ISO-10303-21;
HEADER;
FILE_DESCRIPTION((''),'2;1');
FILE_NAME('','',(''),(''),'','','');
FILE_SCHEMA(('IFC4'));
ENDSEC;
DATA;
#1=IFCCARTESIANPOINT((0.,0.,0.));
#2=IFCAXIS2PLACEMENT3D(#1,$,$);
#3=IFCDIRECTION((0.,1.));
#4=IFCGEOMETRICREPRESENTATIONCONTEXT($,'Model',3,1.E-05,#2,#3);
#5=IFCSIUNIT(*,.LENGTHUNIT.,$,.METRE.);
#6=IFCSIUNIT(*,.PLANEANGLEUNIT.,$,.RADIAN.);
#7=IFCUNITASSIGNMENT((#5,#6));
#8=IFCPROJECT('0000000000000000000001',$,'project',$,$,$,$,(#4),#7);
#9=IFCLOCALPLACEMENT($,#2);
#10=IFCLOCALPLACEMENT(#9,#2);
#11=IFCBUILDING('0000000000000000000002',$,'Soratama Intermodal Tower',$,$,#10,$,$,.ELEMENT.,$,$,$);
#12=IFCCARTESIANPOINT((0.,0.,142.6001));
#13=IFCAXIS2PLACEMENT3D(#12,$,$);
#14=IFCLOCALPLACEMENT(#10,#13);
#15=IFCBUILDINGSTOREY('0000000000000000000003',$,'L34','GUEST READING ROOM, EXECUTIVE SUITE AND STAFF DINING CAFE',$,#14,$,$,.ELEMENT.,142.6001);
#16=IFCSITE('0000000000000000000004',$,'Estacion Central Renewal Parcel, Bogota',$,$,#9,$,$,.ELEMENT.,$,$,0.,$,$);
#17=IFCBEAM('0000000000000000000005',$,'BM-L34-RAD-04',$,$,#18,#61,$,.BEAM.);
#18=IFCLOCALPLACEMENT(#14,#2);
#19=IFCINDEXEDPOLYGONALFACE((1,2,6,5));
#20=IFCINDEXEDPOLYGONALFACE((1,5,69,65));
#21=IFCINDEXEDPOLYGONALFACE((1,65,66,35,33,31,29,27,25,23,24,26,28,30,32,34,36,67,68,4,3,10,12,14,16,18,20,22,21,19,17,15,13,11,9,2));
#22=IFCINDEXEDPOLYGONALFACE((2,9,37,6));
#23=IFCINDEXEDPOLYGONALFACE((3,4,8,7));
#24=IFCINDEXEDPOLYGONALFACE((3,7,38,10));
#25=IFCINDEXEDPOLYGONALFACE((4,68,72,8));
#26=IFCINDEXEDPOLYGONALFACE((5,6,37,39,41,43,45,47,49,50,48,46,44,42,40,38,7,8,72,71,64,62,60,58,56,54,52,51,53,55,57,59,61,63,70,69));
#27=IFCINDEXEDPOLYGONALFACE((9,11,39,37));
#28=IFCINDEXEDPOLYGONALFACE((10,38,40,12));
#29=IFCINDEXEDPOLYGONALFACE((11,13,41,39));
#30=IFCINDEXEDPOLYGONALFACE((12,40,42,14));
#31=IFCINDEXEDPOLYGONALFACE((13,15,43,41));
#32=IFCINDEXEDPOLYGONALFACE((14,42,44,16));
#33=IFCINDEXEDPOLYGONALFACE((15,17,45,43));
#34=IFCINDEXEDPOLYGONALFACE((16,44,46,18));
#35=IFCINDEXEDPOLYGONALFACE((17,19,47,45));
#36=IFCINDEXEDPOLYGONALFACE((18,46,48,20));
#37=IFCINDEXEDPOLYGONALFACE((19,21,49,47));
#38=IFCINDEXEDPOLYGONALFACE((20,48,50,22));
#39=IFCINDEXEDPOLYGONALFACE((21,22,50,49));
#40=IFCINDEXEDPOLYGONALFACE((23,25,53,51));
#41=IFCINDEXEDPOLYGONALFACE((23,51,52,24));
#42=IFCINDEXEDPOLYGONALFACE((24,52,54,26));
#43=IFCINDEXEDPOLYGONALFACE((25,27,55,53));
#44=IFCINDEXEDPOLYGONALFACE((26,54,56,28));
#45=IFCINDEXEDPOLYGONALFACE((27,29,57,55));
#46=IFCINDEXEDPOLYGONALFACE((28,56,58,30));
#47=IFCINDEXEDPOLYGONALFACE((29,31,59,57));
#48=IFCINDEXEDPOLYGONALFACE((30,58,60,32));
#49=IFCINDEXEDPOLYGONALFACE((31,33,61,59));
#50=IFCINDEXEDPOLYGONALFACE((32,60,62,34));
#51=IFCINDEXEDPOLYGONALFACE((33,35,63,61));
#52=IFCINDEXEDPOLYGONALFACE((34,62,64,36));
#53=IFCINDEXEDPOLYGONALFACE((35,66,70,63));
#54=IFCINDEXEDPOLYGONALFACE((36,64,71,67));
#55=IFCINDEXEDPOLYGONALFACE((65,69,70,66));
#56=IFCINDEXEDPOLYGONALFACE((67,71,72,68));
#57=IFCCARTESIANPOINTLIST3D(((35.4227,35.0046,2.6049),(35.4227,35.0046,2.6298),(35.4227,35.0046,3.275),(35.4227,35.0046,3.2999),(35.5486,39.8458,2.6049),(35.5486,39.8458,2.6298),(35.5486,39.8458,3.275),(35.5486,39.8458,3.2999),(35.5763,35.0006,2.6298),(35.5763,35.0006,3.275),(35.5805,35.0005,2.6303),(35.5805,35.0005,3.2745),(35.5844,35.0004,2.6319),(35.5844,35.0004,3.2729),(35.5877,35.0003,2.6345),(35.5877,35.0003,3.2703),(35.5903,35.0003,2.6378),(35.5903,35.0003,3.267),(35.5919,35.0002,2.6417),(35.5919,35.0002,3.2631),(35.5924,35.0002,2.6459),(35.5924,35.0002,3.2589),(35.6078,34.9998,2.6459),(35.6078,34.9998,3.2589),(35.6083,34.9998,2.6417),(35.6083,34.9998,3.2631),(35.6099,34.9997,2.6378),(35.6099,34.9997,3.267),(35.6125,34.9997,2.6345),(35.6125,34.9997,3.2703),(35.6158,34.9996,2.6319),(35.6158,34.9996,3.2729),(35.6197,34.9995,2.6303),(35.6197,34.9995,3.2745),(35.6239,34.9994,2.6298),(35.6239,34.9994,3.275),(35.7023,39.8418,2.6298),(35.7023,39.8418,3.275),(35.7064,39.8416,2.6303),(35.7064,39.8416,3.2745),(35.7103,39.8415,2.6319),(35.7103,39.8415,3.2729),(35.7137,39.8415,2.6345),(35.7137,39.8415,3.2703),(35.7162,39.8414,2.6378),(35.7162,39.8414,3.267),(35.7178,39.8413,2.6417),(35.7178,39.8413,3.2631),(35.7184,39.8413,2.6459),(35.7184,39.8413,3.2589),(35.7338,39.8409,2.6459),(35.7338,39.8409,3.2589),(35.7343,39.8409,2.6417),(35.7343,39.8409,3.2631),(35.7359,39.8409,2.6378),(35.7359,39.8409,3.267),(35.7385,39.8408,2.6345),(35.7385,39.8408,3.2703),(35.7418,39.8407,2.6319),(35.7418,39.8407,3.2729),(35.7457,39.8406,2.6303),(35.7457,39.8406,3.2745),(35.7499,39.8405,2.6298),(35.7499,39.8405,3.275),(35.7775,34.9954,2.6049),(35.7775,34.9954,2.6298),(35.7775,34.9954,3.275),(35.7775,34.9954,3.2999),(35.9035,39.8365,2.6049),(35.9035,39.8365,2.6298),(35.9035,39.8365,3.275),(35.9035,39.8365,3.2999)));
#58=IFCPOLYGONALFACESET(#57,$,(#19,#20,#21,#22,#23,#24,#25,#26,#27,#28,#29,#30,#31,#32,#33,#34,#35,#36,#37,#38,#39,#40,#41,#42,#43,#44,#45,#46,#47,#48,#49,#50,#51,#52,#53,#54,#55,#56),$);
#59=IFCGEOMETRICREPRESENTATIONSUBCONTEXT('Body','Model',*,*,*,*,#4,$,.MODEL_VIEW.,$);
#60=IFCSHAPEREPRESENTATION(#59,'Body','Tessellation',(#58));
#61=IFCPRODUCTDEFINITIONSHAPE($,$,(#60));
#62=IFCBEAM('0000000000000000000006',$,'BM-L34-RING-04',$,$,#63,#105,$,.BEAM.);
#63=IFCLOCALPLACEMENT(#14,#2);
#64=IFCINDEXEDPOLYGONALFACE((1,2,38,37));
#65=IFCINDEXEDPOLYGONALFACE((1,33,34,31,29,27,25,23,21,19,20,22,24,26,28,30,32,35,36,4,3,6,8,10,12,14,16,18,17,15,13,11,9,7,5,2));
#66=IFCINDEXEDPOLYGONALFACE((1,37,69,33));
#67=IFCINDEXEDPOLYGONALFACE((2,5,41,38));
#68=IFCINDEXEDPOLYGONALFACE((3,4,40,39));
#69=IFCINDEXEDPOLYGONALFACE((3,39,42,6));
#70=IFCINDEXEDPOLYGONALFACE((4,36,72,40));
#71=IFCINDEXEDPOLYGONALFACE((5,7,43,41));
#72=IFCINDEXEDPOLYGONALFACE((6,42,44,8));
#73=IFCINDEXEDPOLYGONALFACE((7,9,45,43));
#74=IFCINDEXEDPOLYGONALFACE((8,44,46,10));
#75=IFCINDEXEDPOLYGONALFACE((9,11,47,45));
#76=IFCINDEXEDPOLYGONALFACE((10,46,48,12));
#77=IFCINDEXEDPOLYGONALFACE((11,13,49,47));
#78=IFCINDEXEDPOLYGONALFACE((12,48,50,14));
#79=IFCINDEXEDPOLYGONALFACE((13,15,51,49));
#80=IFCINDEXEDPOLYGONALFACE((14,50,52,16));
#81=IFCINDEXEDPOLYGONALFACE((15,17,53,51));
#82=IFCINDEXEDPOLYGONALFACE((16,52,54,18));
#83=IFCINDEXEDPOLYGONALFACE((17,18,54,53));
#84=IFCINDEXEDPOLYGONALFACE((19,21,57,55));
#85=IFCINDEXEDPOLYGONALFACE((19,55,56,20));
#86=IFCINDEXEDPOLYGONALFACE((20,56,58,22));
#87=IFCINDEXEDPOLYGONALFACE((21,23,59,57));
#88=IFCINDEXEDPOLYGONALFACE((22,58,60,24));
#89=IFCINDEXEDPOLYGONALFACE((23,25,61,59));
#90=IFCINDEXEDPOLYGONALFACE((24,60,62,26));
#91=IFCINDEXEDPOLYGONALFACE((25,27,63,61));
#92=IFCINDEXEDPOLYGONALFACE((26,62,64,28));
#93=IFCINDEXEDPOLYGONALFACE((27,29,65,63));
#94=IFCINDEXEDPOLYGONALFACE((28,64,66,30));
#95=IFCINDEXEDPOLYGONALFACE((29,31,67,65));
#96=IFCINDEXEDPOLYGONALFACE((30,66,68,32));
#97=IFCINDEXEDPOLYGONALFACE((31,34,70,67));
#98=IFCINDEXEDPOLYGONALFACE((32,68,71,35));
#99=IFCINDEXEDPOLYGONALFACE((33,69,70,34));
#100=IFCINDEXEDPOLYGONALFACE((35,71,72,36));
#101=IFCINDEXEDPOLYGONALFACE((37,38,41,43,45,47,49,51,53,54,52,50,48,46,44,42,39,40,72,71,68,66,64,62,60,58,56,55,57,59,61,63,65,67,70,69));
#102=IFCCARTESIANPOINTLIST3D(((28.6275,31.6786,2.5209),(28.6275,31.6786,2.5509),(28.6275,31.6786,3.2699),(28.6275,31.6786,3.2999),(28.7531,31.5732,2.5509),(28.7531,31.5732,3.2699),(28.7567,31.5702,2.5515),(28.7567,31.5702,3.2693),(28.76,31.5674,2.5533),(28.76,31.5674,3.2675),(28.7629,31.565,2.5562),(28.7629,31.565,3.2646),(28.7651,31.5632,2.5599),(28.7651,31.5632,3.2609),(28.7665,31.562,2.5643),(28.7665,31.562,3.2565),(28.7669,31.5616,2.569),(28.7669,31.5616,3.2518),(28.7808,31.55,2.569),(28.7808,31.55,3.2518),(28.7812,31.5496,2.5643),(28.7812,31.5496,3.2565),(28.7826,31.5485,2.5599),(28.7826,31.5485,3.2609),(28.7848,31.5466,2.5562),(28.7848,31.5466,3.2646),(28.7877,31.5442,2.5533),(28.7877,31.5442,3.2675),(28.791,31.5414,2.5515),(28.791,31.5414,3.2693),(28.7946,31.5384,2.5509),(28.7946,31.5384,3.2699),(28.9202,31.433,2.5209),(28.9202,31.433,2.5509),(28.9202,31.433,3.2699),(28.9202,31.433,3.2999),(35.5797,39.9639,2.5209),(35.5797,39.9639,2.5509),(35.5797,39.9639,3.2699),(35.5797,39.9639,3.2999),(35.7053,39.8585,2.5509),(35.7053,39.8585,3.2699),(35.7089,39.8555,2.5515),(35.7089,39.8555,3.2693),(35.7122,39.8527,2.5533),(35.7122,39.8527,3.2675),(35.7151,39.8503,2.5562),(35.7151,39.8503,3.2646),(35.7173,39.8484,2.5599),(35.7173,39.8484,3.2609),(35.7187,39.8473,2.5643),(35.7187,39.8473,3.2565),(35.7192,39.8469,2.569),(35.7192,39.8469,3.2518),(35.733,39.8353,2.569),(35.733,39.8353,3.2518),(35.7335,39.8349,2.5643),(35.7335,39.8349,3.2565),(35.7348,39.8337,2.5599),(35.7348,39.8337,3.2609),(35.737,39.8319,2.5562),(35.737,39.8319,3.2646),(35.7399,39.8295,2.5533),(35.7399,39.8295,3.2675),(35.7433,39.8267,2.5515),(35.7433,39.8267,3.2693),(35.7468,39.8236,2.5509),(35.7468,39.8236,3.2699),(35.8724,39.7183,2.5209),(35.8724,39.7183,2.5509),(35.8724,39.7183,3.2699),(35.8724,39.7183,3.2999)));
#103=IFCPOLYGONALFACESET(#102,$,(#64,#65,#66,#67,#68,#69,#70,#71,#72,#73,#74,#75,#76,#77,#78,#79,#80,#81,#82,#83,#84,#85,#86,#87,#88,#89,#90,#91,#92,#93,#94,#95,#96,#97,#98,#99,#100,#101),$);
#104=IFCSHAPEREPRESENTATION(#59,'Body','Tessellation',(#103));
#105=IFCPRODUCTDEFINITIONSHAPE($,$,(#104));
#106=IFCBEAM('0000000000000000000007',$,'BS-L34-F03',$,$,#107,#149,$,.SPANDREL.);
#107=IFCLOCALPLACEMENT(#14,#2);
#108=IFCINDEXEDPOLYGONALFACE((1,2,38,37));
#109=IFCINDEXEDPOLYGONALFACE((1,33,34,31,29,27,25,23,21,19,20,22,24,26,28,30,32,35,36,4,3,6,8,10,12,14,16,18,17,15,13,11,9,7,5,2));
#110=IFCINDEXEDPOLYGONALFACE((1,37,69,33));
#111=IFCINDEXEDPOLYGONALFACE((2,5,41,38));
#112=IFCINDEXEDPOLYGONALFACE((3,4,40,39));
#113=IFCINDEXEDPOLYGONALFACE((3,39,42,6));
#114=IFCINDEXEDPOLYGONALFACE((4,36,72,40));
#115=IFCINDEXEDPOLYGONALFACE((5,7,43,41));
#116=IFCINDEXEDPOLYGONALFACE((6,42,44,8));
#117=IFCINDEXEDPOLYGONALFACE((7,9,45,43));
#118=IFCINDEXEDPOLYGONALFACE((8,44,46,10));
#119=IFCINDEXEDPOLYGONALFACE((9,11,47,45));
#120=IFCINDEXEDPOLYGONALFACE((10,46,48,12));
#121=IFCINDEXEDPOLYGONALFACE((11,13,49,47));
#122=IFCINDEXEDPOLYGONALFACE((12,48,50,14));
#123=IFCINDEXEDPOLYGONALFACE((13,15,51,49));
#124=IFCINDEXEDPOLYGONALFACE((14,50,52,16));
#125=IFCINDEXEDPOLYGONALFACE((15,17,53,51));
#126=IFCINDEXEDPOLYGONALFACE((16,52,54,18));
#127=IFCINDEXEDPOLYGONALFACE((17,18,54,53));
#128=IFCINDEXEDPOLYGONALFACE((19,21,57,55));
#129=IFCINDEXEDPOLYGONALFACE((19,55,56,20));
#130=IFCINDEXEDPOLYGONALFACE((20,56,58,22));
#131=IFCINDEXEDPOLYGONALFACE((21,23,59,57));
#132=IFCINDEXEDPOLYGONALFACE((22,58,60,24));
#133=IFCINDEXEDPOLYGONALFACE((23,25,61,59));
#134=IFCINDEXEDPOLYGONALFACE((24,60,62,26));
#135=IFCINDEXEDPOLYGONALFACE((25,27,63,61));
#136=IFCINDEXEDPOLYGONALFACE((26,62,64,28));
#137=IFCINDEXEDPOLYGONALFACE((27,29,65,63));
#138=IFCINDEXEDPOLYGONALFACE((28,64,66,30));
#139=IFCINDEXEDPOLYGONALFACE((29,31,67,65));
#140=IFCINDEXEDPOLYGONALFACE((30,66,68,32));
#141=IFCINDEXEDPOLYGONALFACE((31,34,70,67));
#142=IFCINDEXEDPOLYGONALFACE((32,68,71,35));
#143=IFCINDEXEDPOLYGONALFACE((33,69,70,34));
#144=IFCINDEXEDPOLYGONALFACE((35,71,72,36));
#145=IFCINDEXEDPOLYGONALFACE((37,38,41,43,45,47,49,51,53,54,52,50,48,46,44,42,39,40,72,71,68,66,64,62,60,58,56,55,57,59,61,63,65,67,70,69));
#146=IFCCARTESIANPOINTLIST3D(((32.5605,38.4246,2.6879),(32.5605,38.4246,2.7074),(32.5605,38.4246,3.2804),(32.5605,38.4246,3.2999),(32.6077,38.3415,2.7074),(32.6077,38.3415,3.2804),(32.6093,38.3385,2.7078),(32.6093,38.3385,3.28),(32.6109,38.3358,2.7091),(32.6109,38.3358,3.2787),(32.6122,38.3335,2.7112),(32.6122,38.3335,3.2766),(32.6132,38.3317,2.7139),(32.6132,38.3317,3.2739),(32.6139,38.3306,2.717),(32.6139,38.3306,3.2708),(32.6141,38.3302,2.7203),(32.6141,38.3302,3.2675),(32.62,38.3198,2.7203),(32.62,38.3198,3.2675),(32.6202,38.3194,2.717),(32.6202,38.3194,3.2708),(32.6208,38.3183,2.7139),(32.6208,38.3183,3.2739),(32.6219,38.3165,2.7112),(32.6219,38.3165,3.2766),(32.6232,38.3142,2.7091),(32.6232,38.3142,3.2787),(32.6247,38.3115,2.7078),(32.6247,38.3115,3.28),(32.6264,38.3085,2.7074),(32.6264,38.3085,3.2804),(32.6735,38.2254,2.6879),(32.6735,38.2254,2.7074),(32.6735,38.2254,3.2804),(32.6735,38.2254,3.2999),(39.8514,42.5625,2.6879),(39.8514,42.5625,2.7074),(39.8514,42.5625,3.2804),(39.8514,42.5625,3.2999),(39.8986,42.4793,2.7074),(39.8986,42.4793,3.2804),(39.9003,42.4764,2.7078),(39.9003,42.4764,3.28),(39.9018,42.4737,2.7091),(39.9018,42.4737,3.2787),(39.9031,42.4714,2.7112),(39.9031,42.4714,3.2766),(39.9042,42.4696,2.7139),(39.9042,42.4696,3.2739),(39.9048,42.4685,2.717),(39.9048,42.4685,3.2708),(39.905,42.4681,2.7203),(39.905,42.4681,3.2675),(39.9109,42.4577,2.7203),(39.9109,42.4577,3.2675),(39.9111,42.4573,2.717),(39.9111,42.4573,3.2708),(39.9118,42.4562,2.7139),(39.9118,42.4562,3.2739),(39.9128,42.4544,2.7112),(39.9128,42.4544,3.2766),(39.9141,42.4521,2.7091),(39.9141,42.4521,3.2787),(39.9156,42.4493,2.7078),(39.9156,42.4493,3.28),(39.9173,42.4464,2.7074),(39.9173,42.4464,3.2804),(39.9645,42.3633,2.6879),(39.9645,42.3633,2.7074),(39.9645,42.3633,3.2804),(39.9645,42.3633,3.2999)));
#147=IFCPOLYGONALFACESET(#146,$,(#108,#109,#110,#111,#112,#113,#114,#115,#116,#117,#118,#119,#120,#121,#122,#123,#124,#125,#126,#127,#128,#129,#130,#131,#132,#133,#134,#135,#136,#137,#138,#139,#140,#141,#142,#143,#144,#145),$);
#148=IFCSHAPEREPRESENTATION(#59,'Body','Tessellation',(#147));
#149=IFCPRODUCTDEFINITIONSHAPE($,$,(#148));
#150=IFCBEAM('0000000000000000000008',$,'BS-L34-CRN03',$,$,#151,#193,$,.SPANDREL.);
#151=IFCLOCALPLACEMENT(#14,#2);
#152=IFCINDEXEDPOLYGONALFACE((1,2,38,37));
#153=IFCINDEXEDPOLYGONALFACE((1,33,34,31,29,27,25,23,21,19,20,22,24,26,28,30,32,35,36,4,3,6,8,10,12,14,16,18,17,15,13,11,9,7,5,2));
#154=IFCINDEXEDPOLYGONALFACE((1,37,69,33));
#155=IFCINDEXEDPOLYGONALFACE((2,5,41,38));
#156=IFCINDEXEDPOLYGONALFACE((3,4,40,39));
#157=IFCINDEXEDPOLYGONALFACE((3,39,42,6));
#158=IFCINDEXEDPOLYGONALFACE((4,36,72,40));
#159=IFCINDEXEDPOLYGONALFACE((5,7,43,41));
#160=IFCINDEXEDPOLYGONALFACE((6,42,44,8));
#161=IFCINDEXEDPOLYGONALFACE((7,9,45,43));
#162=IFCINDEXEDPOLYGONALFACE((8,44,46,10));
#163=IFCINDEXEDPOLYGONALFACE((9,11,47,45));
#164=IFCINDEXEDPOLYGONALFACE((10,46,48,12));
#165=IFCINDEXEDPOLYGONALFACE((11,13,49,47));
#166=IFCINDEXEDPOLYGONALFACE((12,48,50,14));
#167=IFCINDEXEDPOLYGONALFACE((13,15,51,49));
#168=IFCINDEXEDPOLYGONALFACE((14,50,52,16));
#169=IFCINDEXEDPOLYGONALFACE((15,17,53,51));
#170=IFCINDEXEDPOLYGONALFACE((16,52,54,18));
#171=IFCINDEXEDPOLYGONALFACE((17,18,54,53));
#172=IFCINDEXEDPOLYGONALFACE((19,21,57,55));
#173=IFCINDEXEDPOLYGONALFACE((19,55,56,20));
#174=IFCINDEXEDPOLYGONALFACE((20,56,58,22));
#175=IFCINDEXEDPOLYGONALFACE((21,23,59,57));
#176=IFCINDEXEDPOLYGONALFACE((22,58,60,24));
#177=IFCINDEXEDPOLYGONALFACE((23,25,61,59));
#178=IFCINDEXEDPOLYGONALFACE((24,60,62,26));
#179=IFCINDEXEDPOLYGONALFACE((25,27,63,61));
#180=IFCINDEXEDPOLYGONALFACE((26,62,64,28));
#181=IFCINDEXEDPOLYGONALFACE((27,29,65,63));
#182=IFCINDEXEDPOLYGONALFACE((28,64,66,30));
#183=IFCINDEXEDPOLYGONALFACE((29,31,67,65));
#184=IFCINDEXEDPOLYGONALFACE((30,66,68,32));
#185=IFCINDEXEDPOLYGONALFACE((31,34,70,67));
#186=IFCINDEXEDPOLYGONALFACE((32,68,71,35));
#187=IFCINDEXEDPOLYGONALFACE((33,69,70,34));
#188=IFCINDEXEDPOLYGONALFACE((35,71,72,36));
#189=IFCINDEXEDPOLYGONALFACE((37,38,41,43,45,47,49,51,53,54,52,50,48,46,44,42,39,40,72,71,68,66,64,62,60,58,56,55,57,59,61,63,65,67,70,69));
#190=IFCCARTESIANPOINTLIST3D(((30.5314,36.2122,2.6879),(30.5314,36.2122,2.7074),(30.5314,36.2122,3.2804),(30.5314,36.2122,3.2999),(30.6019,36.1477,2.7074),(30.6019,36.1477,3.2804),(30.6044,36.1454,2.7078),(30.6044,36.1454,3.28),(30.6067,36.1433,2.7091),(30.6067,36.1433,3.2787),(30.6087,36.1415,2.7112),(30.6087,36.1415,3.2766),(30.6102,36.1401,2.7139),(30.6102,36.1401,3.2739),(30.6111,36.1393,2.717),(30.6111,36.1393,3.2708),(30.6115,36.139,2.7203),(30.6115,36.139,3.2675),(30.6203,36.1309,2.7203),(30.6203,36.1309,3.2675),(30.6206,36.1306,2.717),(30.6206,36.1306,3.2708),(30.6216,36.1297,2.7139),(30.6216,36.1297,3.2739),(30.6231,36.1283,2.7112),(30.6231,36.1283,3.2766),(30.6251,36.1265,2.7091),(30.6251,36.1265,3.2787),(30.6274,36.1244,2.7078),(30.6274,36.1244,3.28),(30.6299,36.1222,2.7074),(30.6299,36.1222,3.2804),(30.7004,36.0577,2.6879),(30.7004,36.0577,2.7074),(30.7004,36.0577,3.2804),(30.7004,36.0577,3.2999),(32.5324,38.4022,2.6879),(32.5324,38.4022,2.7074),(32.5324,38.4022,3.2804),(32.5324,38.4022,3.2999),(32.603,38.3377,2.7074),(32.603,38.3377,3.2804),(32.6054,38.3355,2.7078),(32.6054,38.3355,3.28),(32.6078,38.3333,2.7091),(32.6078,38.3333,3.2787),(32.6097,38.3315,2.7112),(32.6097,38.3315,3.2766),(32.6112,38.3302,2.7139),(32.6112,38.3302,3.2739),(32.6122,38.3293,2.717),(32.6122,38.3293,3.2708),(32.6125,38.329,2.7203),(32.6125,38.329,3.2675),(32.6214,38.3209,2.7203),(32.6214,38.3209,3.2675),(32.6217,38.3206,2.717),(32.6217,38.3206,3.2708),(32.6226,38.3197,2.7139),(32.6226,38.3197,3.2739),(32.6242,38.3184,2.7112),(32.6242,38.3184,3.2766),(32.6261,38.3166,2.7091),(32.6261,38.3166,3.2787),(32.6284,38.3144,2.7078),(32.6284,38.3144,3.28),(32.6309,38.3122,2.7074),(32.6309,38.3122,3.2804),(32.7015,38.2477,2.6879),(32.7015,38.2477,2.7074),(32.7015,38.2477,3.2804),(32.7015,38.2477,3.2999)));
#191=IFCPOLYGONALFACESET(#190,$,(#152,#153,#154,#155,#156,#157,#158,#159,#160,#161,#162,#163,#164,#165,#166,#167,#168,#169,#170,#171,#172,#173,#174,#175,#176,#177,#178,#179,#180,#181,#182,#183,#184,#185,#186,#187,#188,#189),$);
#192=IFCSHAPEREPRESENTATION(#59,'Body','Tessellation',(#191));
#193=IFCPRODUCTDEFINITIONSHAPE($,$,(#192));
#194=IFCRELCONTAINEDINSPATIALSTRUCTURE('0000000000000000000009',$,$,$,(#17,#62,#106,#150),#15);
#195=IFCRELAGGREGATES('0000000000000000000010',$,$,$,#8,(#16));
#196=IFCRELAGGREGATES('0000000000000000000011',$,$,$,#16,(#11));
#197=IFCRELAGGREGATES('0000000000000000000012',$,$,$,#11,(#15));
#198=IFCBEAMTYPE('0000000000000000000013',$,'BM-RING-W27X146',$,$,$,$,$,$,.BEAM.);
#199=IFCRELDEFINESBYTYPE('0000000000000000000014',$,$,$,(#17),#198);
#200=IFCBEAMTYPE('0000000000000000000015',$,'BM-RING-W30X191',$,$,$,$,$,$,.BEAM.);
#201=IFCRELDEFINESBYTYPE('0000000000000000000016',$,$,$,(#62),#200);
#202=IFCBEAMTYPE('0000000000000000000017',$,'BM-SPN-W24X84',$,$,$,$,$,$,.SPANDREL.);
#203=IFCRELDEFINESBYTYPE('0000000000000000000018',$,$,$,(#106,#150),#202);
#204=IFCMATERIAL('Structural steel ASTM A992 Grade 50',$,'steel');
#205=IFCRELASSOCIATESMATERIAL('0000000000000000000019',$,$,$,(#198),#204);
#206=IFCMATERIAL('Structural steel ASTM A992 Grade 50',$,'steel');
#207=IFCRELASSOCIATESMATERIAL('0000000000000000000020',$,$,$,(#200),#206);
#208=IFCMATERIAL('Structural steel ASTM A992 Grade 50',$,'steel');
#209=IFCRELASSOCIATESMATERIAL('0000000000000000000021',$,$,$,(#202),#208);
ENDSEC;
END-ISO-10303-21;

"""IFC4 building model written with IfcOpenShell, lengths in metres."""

from ifc_helpers import new_model, si_unit, direction, frame, origin, origin_2d, place, context, subcontext, project, spatial, i_section, extrude, material, material_profile, profile_set, type_object, element, save


model = new_model("IFC4")

# Units and contexts
model_context = context("Model", 3, precision=1e-05, world=origin(), true_north=direction((0.0, 1.0)))
body_context = subcontext(model_context, "Body", "Model", "MODEL_VIEW")
ifc_project = project(units=[si_unit("LENGTHUNIT", "METRE"), si_unit("PLANEANGLEUNIT", "RADIAN")], contexts=[model_context])

# Site, building, storey
site_placement = place(None, origin())
site = spatial("IfcSite", under=ifc_project, at=site_placement, Name="Estacion Central Renewal Parcel, Bogota", CompositionType="ELEMENT", RefElevation=0.0)
building_placement = place(site_placement, origin())
building = spatial("IfcBuilding", under=site, at=building_placement, Name="Soratama Intermodal Tower", CompositionType="ELEMENT")
storey_placement = place(building_placement, frame((0.0, 0.0, 142.6001)))
storey = spatial("IfcBuildingStorey", under=building, at=storey_placement, Name="L34", Description="GUEST READING ROOM, EXECUTIVE SUITE AND STAFF DINING CAFE", CompositionType="ELEMENT", Elevation=142.6001)

# Beams
ifc_material_1 = material(Name="Structural steel ASTM A992 Grade 50", Category="steel")
ifc_material_profile_1 = material_profile(ifc_material_1, i_section(OverallWidth=0.355, OverallDepth=0.6951, WebThickness=0.0154, FlangeThickness=0.0249, FilletRadius=0.0161, at=origin_2d()), Name="W27X146")
ifc_profile_set_1 = profile_set([ifc_material_profile_1], Name="Structural steel ASTM A992 Grade 50")
beam_type_1 = type_object("IfcBeamType", Name="BM-RING-W27X146", PredefinedType="BEAM", material=ifc_profile_set_1)
beam_1_placement = place(storey_placement, frame((35.6001, 35.0, 2.9524), z_axis=(0.026014, 0.999662, 0.0), x_axis=(-0.999662, 0.026014, 0.0)))
element("IfcBeam", 1, at=beam_1_placement, inside=storey, type_object=beam_type_1, Name="BM-L34-RAD-04", PredefinedType="BEAM", context=body_context, shape_type="SweptSolid", body=[
    extrude(i_section(OverallWidth=0.355, OverallDepth=0.6951, WebThickness=0.0154, FlangeThickness=0.0249, FilletRadius=0.0161, at=origin_2d()), origin(), (0.0, 0.0, 1.0), 4.8428),
])
ifc_material_2 = material(Name="Structural steel ASTM A992 Grade 50", Category="steel")
ifc_material_profile_2 = material_profile(ifc_material_2, i_section(OverallWidth=0.3821, OverallDepth=0.7791, WebThickness=0.0181, FlangeThickness=0.03, FilletRadius=0.0181, at=origin_2d()), Name="W30X191")
ifc_profile_set_2 = profile_set([ifc_material_profile_2], Name="Structural steel ASTM A992 Grade 50")
beam_type_2 = type_object("IfcBeamType", Name="BM-RING-W30X191", PredefinedType="BEAM", material=ifc_profile_set_2)
beam_2_placement = place(storey_placement, frame((35.7261, 39.8411, 2.9104), z_axis=(-0.642792, -0.766041, 0.0), x_axis=(0.766041, -0.642792, 0.0)))
element("IfcBeam", 2, at=beam_2_placement, inside=storey, type_object=beam_type_2, Name="BM-L34-RING-04", PredefinedType="BEAM", context=body_context, shape_type="SweptSolid", body=[
    extrude(i_section(OverallWidth=0.3821, OverallDepth=0.7791, WebThickness=0.0181, FlangeThickness=0.03, FilletRadius=0.0181, at=origin_2d()), origin(), (0.0, 0.0, 1.0), 10.8157),
])
ifc_material_3 = material(Name="Structural steel ASTM A992 Grade 50", Category="steel")
ifc_material_profile_3 = material_profile(ifc_material_3, i_section(OverallWidth=0.229, OverallDepth=0.6121, WebThickness=0.012, FlangeThickness=0.0195, FilletRadius=0.0129, at=origin_2d()), Name="W24X84")
ifc_profile_set_3 = profile_set([ifc_material_profile_3], Name="Structural steel ASTM A992 Grade 50")
beam_type_3 = type_object("IfcBeamType", Name="BM-SPN-W24X84", PredefinedType="SPANDREL", material=ifc_profile_set_3)
beam_3_placement = place(storey_placement, frame((39.908, 42.4629, 2.9939), z_axis=(-0.869696, -0.493587, 0.0), x_axis=(0.493587, -0.869696, 0.0)))
element("IfcBeam", 3, at=beam_3_placement, inside=storey, type_object=beam_type_3, Name="BS-L34-F03", PredefinedType="SPANDREL", context=body_context, shape_type="SweptSolid", body=[
    extrude(i_section(OverallWidth=0.229, OverallDepth=0.6121, WebThickness=0.012, FlangeThickness=0.0195, FilletRadius=0.0129, at=origin_2d()), origin(), (0.0, 0.0, 1.0), 8.3833),
])
beam_4_placement = place(storey_placement, frame((32.6169, 38.325, 2.9939), z_axis=(-0.674539, -0.73824, 0.0), x_axis=(0.73824, -0.674539, 0.0)))
element("IfcBeam", 4, at=beam_4_placement, inside=storey, type_object=beam_type_3, Name="BS-L34-CRN03", PredefinedType="SPANDREL", context=body_context, shape_type="SweptSolid", body=[
    extrude(i_section(OverallWidth=0.229, OverallDepth=0.6121, WebThickness=0.012, FlangeThickness=0.0195, FilletRadius=0.0129, at=origin_2d()), origin(), (0.0, 0.0, 1.0), 2.9666),
])

save(model, "model.ifc")
